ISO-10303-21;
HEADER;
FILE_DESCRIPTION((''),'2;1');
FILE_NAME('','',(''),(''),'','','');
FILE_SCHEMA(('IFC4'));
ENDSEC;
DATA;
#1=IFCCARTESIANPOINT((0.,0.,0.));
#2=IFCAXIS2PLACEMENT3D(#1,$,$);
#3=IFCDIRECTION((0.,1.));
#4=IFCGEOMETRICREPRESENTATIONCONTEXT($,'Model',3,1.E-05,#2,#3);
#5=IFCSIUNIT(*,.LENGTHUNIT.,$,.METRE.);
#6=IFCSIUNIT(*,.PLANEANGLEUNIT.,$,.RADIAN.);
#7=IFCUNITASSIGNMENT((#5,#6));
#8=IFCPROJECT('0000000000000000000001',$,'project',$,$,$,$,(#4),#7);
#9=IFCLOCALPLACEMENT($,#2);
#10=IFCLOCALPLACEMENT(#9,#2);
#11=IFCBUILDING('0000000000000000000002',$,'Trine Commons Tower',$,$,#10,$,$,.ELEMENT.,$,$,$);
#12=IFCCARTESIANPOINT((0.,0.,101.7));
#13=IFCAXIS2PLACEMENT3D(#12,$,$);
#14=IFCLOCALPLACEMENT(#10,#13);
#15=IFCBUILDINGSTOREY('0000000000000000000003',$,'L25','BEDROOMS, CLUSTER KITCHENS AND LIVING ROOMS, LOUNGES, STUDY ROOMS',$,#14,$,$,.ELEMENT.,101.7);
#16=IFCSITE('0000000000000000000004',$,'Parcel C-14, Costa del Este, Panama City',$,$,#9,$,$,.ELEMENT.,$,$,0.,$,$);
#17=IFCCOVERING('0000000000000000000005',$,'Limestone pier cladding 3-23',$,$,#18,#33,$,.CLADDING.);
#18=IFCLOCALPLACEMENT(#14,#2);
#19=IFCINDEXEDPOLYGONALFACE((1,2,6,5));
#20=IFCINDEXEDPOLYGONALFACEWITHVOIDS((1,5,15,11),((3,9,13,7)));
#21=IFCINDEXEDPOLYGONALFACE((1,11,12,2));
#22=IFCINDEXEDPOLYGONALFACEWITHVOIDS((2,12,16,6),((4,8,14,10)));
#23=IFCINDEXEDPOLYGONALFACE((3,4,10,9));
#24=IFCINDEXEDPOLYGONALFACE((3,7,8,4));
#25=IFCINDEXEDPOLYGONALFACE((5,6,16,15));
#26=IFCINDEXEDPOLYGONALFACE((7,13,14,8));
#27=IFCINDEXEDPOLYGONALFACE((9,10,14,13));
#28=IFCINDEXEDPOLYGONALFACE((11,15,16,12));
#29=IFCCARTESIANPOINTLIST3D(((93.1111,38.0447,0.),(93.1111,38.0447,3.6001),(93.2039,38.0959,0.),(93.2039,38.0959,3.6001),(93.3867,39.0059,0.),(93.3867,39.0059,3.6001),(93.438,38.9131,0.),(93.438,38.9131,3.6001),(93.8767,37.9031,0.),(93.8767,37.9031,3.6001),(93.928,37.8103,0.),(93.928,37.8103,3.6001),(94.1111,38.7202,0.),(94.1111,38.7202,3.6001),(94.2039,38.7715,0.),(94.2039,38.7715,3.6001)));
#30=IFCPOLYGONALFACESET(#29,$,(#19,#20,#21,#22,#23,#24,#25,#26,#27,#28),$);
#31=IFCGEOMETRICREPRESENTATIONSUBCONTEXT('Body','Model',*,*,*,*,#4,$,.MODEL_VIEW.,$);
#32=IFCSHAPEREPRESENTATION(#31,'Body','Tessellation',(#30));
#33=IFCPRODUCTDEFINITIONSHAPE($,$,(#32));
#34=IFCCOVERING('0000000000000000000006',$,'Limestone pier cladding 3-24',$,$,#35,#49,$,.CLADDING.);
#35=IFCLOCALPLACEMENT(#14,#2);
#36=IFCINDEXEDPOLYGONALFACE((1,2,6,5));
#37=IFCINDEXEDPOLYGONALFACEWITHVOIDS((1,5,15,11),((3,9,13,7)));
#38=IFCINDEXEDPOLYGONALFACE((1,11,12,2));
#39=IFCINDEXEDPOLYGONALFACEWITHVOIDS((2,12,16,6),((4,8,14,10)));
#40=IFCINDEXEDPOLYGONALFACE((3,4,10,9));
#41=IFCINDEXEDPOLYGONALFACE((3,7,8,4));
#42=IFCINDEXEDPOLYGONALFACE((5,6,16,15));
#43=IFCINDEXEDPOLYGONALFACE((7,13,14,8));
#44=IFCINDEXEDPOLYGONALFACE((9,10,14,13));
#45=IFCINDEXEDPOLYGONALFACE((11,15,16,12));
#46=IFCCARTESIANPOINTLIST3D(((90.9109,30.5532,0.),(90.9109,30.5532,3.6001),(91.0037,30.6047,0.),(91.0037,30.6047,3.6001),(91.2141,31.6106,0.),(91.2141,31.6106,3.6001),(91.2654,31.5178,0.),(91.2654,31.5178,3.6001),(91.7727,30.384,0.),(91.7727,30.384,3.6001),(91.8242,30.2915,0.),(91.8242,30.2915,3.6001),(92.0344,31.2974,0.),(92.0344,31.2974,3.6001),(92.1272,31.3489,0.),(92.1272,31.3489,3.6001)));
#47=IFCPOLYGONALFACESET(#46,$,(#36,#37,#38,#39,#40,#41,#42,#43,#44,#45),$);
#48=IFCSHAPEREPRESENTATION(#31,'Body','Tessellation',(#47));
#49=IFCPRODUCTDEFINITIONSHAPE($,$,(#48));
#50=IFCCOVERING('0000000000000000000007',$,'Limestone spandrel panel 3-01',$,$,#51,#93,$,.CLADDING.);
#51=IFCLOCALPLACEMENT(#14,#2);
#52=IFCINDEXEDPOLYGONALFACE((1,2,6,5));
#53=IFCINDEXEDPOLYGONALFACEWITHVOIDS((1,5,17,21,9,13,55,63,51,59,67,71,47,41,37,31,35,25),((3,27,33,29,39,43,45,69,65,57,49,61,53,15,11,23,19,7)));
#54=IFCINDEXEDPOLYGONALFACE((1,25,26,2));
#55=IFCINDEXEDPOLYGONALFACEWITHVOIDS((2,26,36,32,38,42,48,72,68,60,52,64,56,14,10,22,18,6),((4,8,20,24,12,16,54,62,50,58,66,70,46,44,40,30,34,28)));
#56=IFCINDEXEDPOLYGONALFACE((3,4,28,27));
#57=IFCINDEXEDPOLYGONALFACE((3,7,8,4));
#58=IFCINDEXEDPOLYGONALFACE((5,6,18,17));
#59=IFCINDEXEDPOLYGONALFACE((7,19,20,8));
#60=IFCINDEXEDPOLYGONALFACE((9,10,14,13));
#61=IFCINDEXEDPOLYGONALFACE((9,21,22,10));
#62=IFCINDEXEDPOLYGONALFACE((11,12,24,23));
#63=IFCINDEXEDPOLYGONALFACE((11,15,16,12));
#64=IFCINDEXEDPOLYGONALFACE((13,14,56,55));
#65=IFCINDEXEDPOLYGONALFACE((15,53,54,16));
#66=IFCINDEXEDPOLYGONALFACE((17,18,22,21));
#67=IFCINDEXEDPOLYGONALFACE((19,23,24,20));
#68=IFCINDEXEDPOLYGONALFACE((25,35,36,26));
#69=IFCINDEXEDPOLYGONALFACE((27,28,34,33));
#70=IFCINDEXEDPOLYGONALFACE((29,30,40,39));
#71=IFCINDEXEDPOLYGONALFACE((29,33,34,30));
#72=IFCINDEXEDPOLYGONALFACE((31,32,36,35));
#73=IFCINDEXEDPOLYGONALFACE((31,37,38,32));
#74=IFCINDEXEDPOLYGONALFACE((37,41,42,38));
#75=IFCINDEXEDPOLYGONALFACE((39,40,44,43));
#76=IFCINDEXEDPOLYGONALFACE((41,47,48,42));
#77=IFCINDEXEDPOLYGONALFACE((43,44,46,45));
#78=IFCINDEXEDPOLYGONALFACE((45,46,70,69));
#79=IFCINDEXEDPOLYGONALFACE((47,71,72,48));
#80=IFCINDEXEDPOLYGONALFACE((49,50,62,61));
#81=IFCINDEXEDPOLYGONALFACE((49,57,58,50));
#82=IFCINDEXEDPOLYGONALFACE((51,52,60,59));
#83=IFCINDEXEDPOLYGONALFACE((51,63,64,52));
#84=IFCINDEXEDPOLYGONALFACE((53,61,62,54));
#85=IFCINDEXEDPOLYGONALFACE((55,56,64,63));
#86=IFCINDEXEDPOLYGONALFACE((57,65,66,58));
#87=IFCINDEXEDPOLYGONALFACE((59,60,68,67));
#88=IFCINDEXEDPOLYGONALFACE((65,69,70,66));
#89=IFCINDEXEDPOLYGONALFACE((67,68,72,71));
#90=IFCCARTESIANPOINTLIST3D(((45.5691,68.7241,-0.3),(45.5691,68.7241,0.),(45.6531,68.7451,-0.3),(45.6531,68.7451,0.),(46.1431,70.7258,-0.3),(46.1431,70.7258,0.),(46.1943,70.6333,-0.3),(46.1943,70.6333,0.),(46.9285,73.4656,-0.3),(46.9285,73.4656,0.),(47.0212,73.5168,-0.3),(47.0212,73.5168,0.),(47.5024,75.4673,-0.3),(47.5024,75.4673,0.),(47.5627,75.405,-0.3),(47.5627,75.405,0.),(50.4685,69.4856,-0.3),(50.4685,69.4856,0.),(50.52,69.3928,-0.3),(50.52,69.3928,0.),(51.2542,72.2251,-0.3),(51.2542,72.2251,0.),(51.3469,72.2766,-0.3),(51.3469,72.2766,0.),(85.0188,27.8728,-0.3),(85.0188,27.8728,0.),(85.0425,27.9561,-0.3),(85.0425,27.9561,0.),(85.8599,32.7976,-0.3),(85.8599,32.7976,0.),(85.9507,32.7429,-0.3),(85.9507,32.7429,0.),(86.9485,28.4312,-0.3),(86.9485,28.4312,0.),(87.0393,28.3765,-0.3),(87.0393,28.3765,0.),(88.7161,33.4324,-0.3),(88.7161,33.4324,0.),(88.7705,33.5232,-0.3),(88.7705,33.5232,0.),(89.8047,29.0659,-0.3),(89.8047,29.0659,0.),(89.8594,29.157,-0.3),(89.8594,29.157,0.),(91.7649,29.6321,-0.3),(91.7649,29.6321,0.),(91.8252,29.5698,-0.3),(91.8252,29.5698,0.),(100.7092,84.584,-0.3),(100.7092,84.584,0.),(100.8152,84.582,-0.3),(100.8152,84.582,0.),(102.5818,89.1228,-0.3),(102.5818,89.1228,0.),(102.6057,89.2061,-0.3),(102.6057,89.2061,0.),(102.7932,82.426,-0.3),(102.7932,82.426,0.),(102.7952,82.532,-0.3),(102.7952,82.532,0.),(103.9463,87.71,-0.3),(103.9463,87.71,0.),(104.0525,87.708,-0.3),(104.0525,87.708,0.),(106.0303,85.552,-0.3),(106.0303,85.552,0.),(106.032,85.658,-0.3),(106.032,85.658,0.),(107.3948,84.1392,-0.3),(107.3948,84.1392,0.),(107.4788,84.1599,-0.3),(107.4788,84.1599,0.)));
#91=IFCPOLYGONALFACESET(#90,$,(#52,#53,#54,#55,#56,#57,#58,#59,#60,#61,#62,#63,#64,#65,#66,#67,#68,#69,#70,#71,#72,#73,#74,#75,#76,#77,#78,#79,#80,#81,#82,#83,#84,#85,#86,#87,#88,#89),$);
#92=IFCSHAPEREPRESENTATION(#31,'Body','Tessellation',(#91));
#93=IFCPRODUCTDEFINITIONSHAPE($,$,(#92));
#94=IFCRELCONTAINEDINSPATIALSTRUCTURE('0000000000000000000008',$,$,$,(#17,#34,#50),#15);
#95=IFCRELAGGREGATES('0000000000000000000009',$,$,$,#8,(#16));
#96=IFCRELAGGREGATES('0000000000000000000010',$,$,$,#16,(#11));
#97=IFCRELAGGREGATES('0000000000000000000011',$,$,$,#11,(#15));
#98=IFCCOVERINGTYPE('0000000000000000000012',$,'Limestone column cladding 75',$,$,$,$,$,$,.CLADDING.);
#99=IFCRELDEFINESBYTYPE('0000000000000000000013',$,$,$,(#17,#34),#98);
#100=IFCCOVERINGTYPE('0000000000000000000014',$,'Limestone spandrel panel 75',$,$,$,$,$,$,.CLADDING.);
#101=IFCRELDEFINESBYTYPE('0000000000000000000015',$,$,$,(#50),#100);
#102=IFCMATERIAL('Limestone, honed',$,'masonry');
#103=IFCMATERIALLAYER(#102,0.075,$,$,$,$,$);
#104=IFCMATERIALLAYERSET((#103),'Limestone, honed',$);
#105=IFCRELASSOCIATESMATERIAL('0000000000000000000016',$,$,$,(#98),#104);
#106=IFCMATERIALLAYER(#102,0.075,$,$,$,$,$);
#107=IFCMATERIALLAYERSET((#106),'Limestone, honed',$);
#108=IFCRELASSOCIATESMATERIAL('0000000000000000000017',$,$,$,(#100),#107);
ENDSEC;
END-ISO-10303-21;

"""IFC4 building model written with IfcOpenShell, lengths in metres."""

from ifc_helpers import new_model, si_unit, direction, frame, origin, place, context, subcontext, project, spatial, polyline, outline, extrude, material, layer, layer_set, type_object, element, save


model = new_model("IFC4")

# Units and contexts
model_context = context("Model", 3, precision=1e-05, world=origin(), true_north=direction((0.0, 1.0)))
body_context = subcontext(model_context, "Body", "Model", "MODEL_VIEW")
ifc_project = project(units=[si_unit("LENGTHUNIT", "METRE"), si_unit("PLANEANGLEUNIT", "RADIAN")], contexts=[model_context])

# Site, building, storey
site_placement = place(None, origin())
site = spatial("IfcSite", under=ifc_project, at=site_placement, Name="Parcel C-14, Costa del Este, Panama City", CompositionType="ELEMENT", RefElevation=0.0)
building_placement = place(site_placement, origin())
building = spatial("IfcBuilding", under=site, at=building_placement, Name="Trine Commons Tower", CompositionType="ELEMENT")
storey_placement = place(building_placement, frame((0.0, 0.0, 101.7)))
storey = spatial("IfcBuildingStorey", under=building, at=storey_placement, Name="L25", Description="BEDROOMS, CLUSTER KITCHENS AND LIVING ROOMS, LOUNGES, STUDY ROOMS", CompositionType="ELEMENT", Elevation=101.7)

# Coverings
ifc_material_1 = material(Name="Limestone, honed", Category="masonry")
ifc_layer_1 = layer(ifc_material_1, 0.075)
ifc_layer_set_1 = layer_set([ifc_layer_1], Name="Limestone, honed")
covering_type_1 = type_object("IfcCoveringType", Name="Limestone column cladding 75", PredefinedType="CLADDING", material=ifc_layer_set_1)
covering_1_placement = place(storey_placement, origin())
element("IfcCovering", 1, at=covering_1_placement, inside=storey, type_object=covering_type_1, Name="Limestone pier cladding 3-23", PredefinedType="CLADDING", context=body_context, shape_type="SweptSolid", body=[
    extrude(outline(polyline([(94.2039, 38.7715), (93.3867, 39.0059), (93.1111, 38.0447), (93.928, 37.8103), (94.2039, 38.7715)]), holes=[polyline([(94.1111, 38.7202), (93.438, 38.9131), (93.2039, 38.0959), (93.8767, 37.9031), (94.1111, 38.7202)])]), origin(), (0.0, 0.0, 1.0), 3.6001),
])
covering_2_placement = place(storey_placement, origin())
element("IfcCovering", 2, at=covering_2_placement, inside=storey, type_object=covering_type_1, Name="Limestone pier cladding 3-24", PredefinedType="CLADDING", context=body_context, shape_type="SweptSolid", body=[
    extrude(outline(polyline([(92.1272, 31.3489), (91.2141, 31.6106), (90.9109, 30.5532), (91.8242, 30.2915), (92.1272, 31.3489)]), holes=[polyline([(92.0344, 31.2974), (91.2654, 31.5178), (91.0037, 30.6047), (91.7727, 30.384), (92.0344, 31.2974)])]), origin(), (0.0, 0.0, 1.0), 3.6001),
])
ifc_layer_2 = layer(ifc_material_1, 0.075)
ifc_layer_set_2 = layer_set([ifc_layer_2], Name="Limestone, honed")
covering_type_2 = type_object("IfcCoveringType", Name="Limestone spandrel panel 75", PredefinedType="CLADDING", material=ifc_layer_set_2)
covering_3_placement = place(storey_placement, frame((0.0, 0.0, -0.3)))
element("IfcCovering", 3, at=covering_3_placement, inside=storey, type_object=covering_type_2, Name="Limestone spandrel panel 3-01", PredefinedType="CLADDING", context=body_context, shape_type="SweptSolid", body=[
    extrude(outline(polyline([(88.7161, 33.4324), (89.8047, 29.0659), (91.8252, 29.5698), (107.4788, 84.1599), (106.032, 85.658), (102.7952, 82.532), (100.8152, 84.582), (104.0525, 87.708), (102.6057, 89.2061), (47.5024, 75.4673), (46.9285, 73.4656), (51.2542, 72.2251), (50.4685, 69.4856), (46.1431, 70.7258), (45.5691, 68.7241), (85.0188, 27.8728), (87.0393, 28.3765), (85.9507, 32.7429), (88.7161, 33.4324)]), holes=[polyline([(106.0303, 85.552), (107.3948, 84.1392), (91.7649, 29.6321), (89.8594, 29.157), (88.7705, 33.5232), (85.8599, 32.7976), (86.9485, 28.4312), (85.0425, 27.9561), (45.6531, 68.7451), (46.1943, 70.6333), (50.52, 69.3928), (51.3469, 72.2766), (47.0212, 73.5168), (47.5627, 75.405), (102.5818, 89.1228), (103.9463, 87.71), (100.7092, 84.584), (102.7932, 82.426), (106.0303, 85.552)])]), origin(), (0.0, 0.0, 1.0), 0.3),
])

save(model, "model.ifc")
